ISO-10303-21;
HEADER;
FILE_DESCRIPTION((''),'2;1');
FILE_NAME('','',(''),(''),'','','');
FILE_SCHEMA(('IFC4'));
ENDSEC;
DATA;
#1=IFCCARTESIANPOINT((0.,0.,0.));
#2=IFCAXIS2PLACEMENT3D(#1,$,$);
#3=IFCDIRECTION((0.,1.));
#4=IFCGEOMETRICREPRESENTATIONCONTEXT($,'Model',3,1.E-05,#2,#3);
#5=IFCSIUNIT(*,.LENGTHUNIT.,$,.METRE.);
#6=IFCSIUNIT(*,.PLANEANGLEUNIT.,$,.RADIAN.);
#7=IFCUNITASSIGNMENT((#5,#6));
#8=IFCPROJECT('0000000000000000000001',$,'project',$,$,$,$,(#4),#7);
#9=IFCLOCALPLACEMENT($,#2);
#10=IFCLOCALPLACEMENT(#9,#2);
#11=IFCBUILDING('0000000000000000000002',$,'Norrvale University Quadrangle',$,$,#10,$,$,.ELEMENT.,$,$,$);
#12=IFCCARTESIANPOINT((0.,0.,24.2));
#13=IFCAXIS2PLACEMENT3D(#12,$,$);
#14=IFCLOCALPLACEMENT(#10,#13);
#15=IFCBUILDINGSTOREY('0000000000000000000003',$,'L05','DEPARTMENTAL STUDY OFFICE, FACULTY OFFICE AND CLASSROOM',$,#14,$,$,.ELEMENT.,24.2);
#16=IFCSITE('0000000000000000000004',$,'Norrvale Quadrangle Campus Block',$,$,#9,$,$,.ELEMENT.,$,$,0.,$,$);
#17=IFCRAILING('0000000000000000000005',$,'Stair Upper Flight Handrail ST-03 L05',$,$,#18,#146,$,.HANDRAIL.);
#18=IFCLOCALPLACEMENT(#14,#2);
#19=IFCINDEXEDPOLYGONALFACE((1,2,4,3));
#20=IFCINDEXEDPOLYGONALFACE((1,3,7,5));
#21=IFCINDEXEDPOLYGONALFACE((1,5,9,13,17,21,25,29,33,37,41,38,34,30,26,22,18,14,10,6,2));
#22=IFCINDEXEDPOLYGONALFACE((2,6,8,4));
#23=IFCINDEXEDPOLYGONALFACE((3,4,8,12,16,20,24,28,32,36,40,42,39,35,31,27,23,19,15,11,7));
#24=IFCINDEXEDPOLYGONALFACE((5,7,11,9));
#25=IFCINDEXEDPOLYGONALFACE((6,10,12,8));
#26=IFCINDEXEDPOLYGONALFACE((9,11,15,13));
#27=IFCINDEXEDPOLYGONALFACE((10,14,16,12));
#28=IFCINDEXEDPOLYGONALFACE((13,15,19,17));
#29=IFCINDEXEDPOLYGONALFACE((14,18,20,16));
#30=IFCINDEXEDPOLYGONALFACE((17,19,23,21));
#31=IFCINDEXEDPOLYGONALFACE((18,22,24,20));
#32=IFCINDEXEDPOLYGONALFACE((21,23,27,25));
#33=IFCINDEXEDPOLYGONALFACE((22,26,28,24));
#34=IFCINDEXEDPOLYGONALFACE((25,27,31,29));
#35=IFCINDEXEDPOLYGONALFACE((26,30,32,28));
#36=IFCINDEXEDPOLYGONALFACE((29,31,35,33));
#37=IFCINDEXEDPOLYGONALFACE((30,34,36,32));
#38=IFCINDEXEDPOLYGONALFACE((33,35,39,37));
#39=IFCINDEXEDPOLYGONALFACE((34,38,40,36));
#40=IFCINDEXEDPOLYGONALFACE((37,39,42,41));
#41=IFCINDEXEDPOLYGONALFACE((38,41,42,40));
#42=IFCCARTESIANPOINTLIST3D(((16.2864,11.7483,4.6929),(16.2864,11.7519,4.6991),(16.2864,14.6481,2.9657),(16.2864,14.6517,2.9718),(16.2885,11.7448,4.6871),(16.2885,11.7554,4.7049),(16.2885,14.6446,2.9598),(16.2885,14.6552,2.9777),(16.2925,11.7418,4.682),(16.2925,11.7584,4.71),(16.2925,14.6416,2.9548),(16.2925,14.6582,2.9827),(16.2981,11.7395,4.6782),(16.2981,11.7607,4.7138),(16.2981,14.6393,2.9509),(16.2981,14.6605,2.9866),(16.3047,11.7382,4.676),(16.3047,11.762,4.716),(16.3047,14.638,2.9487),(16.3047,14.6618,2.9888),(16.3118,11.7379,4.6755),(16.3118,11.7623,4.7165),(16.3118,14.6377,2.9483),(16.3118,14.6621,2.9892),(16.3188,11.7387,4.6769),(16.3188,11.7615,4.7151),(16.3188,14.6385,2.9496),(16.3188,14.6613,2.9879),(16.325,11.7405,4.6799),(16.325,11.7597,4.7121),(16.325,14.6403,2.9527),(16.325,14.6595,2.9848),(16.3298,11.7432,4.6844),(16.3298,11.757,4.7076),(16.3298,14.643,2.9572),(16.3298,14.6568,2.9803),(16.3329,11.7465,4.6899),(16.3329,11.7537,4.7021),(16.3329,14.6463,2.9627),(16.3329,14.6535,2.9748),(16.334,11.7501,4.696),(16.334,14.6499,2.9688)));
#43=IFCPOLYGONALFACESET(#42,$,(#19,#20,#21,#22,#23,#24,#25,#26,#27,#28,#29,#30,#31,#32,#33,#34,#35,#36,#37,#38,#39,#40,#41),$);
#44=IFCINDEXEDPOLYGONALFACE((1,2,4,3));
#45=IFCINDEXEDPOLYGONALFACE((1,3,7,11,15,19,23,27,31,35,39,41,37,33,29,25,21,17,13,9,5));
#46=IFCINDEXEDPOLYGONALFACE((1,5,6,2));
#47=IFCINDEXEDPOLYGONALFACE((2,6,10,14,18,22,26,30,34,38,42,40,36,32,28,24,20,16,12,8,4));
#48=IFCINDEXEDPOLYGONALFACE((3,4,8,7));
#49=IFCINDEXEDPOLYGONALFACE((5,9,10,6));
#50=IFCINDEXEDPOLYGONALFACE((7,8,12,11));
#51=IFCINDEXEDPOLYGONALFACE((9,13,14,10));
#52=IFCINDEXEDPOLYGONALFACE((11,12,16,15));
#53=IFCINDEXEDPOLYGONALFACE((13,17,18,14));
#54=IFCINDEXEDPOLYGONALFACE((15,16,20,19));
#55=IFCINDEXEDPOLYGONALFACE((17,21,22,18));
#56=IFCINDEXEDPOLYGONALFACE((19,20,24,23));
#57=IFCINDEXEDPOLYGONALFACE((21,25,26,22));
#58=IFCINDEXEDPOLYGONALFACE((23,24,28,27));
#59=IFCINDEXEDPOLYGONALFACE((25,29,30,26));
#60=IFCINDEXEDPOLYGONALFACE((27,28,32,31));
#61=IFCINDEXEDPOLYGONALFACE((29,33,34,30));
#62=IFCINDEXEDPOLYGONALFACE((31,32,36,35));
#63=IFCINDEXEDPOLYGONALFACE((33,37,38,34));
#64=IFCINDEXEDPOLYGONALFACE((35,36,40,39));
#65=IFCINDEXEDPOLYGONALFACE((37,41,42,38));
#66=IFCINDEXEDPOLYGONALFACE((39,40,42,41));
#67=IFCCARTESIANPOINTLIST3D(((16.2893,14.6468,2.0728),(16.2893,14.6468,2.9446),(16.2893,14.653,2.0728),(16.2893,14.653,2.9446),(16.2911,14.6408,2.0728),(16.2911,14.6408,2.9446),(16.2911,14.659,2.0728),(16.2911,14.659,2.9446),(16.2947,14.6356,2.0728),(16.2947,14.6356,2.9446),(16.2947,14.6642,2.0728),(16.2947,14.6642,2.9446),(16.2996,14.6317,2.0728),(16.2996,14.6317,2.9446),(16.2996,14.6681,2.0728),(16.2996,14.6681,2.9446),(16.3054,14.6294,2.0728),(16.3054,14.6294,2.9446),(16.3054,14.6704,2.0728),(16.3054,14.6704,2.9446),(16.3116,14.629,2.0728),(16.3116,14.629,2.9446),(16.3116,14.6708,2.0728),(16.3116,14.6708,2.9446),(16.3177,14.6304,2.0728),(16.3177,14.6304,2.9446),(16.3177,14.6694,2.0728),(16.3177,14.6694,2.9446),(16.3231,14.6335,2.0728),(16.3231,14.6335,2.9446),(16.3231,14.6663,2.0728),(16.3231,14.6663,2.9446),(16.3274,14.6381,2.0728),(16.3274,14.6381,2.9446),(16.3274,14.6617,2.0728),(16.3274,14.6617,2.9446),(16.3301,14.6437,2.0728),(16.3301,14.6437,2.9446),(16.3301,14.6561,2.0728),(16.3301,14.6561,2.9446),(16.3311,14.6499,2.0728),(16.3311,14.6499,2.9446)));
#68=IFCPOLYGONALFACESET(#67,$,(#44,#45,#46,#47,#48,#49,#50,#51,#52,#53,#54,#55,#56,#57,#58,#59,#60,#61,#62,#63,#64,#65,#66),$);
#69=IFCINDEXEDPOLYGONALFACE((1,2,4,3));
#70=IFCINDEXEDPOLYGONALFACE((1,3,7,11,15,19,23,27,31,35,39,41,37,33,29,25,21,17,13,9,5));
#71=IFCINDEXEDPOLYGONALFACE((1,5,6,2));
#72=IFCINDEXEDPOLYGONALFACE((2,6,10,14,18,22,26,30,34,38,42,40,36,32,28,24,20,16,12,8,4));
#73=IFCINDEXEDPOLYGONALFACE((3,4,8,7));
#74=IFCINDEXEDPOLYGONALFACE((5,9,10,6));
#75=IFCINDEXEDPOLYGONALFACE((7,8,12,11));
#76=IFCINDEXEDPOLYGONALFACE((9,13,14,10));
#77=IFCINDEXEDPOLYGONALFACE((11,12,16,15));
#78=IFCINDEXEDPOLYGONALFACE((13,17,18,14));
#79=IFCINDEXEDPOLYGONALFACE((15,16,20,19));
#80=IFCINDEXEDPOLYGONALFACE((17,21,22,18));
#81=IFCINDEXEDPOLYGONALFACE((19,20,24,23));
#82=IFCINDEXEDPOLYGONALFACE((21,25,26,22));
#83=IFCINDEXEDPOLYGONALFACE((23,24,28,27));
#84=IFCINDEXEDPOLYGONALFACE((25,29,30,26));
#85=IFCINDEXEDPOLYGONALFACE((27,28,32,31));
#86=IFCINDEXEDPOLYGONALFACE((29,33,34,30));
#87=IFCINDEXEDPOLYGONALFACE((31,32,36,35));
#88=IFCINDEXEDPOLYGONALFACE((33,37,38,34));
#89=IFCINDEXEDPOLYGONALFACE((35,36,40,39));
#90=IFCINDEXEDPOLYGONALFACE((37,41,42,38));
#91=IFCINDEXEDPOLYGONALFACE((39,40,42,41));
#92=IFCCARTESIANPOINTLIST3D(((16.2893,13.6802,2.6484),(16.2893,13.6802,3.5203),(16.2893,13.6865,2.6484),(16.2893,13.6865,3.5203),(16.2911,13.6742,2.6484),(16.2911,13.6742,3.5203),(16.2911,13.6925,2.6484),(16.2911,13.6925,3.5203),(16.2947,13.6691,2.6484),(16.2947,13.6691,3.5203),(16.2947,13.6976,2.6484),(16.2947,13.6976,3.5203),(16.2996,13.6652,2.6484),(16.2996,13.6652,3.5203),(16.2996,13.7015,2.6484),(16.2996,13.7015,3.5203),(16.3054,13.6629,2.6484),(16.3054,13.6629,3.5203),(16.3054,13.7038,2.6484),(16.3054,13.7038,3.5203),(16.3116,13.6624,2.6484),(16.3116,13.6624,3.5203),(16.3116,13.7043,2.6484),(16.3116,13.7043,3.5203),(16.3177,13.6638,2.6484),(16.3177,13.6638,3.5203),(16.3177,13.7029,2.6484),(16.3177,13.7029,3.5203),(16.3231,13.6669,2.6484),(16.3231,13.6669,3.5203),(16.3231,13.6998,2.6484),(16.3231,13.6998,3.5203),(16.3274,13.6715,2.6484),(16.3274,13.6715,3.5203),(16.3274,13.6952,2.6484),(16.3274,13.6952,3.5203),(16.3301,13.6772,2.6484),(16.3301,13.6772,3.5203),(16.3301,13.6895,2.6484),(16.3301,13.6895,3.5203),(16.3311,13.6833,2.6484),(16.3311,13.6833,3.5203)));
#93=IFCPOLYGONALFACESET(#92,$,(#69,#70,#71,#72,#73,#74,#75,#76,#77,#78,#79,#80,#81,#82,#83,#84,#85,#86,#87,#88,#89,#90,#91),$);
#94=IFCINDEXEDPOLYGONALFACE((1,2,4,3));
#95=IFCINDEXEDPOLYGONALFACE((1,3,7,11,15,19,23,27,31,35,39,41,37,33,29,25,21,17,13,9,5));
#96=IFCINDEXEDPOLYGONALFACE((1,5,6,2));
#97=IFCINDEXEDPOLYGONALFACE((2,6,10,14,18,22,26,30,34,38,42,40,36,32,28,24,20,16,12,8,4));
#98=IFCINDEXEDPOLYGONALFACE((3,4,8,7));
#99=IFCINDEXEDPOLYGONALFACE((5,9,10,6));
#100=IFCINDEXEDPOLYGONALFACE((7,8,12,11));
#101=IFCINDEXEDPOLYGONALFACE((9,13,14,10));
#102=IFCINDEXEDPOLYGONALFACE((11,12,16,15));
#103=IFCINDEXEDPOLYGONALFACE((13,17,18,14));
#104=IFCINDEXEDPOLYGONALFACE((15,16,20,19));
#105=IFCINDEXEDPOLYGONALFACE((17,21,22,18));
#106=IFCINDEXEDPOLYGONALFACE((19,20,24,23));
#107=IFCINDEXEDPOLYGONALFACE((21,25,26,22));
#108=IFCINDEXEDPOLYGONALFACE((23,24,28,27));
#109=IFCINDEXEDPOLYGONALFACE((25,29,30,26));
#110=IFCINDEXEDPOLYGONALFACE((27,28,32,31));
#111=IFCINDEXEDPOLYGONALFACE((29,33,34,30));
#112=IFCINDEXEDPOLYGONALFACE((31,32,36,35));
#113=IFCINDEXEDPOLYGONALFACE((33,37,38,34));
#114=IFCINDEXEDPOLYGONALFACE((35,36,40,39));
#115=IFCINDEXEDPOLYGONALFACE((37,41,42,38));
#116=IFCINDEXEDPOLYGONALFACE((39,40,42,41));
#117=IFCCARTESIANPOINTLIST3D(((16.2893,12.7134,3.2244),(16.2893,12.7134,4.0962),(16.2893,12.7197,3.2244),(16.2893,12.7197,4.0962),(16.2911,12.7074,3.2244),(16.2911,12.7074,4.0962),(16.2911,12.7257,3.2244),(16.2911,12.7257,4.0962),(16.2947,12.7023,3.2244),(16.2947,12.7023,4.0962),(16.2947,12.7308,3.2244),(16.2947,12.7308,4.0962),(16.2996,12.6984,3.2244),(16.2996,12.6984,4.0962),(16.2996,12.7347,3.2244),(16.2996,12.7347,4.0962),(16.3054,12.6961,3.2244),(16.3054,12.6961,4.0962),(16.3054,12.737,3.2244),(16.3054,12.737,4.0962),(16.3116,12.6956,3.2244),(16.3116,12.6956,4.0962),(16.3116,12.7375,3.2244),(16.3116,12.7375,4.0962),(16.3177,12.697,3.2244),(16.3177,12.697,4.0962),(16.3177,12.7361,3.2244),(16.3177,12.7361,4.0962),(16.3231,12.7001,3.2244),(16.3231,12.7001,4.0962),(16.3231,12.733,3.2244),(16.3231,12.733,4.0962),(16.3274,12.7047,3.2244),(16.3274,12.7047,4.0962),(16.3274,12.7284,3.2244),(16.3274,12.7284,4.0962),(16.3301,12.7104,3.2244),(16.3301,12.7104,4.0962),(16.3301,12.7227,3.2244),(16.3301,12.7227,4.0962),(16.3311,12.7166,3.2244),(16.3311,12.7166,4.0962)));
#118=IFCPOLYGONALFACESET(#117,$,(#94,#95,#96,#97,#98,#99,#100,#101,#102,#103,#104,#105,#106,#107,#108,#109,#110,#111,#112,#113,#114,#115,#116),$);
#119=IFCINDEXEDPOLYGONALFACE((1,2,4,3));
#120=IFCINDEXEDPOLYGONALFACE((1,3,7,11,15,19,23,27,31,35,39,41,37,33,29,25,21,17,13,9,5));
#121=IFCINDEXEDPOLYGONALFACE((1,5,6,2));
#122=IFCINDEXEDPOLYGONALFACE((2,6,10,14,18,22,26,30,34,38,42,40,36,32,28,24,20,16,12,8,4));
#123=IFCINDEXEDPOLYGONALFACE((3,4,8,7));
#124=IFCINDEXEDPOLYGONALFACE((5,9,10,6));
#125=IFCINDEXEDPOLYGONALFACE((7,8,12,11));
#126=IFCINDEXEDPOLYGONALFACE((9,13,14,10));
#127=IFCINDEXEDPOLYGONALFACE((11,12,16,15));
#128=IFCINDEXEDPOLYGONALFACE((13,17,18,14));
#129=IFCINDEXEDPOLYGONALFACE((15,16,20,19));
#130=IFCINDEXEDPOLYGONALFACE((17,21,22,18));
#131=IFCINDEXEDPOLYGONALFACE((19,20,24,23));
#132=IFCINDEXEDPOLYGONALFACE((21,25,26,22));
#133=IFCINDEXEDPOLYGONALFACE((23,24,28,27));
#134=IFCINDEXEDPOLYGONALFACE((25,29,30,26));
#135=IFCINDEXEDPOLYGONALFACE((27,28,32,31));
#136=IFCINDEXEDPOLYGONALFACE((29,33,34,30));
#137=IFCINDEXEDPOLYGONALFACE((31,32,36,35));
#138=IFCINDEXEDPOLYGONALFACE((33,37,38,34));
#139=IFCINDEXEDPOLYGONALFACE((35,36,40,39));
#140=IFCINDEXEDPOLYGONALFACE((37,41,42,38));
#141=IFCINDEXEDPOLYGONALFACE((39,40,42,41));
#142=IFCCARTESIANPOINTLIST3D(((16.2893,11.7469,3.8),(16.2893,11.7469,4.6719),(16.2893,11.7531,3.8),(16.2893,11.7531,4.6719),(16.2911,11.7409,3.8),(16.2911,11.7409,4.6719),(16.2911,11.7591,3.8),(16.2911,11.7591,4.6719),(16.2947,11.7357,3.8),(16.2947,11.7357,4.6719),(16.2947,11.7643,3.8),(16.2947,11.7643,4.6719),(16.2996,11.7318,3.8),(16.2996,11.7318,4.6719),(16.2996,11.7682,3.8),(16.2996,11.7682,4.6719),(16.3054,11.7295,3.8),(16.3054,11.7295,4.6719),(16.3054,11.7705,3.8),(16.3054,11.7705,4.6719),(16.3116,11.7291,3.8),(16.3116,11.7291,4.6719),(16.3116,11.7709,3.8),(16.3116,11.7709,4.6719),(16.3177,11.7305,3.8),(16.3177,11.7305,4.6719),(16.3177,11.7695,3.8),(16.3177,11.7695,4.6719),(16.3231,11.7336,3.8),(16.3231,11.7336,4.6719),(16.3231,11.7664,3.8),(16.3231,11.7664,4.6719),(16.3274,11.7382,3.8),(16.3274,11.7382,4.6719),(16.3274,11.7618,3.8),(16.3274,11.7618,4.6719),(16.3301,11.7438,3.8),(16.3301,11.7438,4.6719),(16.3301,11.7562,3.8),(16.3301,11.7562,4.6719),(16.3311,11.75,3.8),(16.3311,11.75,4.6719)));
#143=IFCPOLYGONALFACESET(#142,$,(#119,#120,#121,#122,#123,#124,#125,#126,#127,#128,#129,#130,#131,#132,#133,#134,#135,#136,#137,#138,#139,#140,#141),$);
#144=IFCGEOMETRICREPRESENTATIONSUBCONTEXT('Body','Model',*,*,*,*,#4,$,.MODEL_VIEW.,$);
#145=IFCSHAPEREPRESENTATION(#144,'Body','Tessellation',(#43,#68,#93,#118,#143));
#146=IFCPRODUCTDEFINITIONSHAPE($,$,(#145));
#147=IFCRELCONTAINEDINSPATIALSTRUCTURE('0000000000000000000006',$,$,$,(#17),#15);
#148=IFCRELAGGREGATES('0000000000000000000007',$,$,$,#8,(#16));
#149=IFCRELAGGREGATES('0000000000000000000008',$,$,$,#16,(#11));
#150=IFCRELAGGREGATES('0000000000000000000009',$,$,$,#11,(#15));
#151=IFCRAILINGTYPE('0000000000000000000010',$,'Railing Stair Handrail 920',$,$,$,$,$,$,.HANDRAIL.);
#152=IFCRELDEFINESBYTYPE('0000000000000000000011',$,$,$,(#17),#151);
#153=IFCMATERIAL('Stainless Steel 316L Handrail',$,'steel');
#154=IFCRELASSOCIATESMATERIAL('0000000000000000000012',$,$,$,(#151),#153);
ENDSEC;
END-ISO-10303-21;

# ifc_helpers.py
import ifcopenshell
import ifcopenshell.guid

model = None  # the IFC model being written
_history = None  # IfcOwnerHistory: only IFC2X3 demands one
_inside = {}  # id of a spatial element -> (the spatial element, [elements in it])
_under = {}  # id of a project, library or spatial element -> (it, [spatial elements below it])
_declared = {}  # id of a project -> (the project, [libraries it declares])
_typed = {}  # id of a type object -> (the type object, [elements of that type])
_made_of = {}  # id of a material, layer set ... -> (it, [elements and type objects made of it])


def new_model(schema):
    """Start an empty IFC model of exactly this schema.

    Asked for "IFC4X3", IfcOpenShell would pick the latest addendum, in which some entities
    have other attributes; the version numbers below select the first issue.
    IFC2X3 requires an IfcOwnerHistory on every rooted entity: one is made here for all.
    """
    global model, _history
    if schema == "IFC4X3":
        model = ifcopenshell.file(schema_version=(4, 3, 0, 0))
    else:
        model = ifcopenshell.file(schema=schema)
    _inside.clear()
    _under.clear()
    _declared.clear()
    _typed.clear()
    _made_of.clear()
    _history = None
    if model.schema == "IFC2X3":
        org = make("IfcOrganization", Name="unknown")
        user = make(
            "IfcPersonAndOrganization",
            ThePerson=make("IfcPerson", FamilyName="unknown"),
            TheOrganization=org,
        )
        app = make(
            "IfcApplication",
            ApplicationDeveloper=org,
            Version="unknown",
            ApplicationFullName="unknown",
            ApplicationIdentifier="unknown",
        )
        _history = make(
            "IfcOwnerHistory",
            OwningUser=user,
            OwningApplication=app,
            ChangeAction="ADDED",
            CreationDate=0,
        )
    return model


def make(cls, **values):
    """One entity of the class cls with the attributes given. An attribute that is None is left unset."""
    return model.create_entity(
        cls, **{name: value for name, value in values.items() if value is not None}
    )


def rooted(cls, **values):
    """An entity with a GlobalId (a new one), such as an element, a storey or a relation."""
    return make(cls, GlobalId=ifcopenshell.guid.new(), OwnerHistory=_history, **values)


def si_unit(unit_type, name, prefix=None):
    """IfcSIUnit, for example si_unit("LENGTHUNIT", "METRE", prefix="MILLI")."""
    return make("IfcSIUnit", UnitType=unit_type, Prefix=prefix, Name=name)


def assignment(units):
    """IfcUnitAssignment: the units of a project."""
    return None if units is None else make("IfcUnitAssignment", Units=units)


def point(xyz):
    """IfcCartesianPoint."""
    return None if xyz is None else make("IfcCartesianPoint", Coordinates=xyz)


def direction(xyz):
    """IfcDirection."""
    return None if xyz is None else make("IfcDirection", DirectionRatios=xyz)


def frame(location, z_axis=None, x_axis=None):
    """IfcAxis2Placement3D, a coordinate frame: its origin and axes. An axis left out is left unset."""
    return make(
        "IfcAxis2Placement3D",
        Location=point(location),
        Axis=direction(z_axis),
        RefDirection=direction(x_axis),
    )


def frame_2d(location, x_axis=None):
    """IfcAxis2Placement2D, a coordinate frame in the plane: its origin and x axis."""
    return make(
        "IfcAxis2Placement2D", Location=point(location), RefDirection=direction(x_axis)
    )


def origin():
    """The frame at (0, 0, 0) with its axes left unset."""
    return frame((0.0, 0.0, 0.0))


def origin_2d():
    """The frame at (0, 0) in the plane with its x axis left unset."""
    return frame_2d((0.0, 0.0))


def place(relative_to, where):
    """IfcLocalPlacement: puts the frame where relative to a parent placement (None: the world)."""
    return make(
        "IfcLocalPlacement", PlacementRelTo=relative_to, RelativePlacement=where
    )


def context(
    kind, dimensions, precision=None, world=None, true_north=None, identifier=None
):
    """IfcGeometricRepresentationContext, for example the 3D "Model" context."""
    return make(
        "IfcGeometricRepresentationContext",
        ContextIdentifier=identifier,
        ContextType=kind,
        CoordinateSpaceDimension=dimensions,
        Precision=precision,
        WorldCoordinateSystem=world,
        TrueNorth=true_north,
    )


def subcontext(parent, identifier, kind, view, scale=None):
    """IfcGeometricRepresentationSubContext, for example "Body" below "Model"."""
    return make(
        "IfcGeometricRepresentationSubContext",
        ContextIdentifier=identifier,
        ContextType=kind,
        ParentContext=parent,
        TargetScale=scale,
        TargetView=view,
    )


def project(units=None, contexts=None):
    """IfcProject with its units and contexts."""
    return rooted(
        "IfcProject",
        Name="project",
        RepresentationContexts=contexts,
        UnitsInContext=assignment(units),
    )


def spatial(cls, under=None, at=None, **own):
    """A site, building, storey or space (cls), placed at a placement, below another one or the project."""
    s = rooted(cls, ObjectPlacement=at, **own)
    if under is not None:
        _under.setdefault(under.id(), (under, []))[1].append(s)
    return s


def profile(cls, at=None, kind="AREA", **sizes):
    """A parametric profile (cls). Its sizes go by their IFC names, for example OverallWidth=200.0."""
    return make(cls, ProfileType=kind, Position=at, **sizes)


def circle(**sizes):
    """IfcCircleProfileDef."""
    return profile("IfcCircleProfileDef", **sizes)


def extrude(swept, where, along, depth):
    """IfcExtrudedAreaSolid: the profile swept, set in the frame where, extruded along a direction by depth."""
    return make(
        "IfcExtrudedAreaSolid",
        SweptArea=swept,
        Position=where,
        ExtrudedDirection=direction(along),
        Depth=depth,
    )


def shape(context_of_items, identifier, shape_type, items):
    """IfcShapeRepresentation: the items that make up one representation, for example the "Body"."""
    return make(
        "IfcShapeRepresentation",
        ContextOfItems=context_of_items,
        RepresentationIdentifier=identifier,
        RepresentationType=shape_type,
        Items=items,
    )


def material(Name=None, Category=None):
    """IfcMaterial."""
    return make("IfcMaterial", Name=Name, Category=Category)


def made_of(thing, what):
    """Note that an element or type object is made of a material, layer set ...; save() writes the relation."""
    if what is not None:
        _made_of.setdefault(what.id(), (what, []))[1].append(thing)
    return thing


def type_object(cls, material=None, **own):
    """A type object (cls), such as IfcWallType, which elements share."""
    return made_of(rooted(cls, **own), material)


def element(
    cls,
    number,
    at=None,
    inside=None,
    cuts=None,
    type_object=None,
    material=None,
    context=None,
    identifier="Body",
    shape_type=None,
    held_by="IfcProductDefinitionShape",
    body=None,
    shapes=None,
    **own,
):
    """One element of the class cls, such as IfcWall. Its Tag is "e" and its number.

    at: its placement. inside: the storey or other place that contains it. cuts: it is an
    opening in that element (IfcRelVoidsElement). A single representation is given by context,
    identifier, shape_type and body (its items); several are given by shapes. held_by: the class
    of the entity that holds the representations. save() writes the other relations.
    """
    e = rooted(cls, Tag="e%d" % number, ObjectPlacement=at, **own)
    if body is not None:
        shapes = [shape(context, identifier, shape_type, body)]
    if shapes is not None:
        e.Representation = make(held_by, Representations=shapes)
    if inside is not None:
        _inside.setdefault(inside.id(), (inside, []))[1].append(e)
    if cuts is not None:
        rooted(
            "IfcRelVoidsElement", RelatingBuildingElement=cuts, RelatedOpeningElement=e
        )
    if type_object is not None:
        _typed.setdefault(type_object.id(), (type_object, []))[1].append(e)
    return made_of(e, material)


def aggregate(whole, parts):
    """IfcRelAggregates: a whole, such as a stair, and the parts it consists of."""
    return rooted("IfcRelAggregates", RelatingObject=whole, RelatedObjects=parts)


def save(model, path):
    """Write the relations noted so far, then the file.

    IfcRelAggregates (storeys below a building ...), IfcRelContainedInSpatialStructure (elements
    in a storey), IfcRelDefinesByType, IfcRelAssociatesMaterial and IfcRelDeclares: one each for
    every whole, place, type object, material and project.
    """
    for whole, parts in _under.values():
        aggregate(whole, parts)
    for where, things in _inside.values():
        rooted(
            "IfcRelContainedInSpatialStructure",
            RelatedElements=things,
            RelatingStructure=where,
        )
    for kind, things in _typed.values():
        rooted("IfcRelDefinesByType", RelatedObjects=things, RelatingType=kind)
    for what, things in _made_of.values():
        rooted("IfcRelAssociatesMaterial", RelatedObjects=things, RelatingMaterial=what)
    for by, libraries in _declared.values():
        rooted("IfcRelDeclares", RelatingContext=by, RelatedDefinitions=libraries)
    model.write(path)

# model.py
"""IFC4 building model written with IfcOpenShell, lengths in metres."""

from ifc_helpers import new_model, si_unit, direction, frame, origin, origin_2d, place, context, subcontext, project, spatial, circle, extrude, material, type_object, element, save


model = new_model("IFC4")

# Units and contexts
model_context = context("Model", 3, precision=1e-05, world=origin(), true_north=direction((0.0, 1.0)))
body_context = subcontext(model_context, "Body", "Model", "MODEL_VIEW")
ifc_project = project(units=[si_unit("LENGTHUNIT", "METRE"), si_unit("PLANEANGLEUNIT", "RADIAN")], contexts=[model_context])

# Site, building, storey
site_placement = place(None, origin())
site = spatial("IfcSite", under=ifc_project, at=site_placement, Name="Norrvale Quadrangle Campus Block", CompositionType="ELEMENT", RefElevation=0.0)
building_placement = place(site_placement, origin())
building = spatial("IfcBuilding", under=site, at=building_placement, Name="Norrvale University Quadrangle", CompositionType="ELEMENT")
storey_placement = place(building_placement, frame((0.0, 0.0, 24.2)))
storey = spatial("IfcBuildingStorey", under=building, at=storey_placement, Name="L05", Description="DEPARTMENTAL STUDY OFFICE, FACULTY OFFICE AND CLASSROOM", CompositionType="ELEMENT", Elevation=24.2)

# Railing
ifc_material_1 = material(Name="Stainless Steel 316L Handrail", Category="steel")
railing_type_1 = type_object("IfcRailingType", Name="Railing Stair Handrail 920", PredefinedType="HANDRAIL", material=ifc_material_1)
railing_1_placement = place(storey_placement, frame((16.3101, 14.6499, 2.0728)))
element("IfcRailing", 1, at=railing_1_placement, inside=storey, type_object=railing_type_1, Name="Stair Upper Flight Handrail ST-03 L05", PredefinedType="HANDRAIL", context=body_context, shape_type="SweptSolid", body=[
    extrude(circle(Radius=0.0239, at=origin_2d()), frame((0.0, 0.0, 0.896), z_axis=(0.0, -0.859141, 0.511738), x_axis=(1.0, 0.0, 0.0)), (0.0, 0.0, 1.0), 3.3752),
    extrude(circle(Radius=0.021, at=origin_2d()), origin(), (0.0, 0.0, 1.0), 0.8718),
    extrude(circle(Radius=0.021, at=origin_2d()), frame((0.0, -0.9666, 0.5757)), (0.0, 0.0, 1.0), 0.8718),
    extrude(circle(Radius=0.021, at=origin_2d()), frame((0.0, -1.9333, 1.1516)), (0.0, 0.0, 1.0), 0.8718),
    extrude(circle(Radius=0.021, at=origin_2d()), frame((0.0, -2.8999, 1.7273)), (0.0, 0.0, 1.0), 0.8718),
])

save(model, "model.ifc")
